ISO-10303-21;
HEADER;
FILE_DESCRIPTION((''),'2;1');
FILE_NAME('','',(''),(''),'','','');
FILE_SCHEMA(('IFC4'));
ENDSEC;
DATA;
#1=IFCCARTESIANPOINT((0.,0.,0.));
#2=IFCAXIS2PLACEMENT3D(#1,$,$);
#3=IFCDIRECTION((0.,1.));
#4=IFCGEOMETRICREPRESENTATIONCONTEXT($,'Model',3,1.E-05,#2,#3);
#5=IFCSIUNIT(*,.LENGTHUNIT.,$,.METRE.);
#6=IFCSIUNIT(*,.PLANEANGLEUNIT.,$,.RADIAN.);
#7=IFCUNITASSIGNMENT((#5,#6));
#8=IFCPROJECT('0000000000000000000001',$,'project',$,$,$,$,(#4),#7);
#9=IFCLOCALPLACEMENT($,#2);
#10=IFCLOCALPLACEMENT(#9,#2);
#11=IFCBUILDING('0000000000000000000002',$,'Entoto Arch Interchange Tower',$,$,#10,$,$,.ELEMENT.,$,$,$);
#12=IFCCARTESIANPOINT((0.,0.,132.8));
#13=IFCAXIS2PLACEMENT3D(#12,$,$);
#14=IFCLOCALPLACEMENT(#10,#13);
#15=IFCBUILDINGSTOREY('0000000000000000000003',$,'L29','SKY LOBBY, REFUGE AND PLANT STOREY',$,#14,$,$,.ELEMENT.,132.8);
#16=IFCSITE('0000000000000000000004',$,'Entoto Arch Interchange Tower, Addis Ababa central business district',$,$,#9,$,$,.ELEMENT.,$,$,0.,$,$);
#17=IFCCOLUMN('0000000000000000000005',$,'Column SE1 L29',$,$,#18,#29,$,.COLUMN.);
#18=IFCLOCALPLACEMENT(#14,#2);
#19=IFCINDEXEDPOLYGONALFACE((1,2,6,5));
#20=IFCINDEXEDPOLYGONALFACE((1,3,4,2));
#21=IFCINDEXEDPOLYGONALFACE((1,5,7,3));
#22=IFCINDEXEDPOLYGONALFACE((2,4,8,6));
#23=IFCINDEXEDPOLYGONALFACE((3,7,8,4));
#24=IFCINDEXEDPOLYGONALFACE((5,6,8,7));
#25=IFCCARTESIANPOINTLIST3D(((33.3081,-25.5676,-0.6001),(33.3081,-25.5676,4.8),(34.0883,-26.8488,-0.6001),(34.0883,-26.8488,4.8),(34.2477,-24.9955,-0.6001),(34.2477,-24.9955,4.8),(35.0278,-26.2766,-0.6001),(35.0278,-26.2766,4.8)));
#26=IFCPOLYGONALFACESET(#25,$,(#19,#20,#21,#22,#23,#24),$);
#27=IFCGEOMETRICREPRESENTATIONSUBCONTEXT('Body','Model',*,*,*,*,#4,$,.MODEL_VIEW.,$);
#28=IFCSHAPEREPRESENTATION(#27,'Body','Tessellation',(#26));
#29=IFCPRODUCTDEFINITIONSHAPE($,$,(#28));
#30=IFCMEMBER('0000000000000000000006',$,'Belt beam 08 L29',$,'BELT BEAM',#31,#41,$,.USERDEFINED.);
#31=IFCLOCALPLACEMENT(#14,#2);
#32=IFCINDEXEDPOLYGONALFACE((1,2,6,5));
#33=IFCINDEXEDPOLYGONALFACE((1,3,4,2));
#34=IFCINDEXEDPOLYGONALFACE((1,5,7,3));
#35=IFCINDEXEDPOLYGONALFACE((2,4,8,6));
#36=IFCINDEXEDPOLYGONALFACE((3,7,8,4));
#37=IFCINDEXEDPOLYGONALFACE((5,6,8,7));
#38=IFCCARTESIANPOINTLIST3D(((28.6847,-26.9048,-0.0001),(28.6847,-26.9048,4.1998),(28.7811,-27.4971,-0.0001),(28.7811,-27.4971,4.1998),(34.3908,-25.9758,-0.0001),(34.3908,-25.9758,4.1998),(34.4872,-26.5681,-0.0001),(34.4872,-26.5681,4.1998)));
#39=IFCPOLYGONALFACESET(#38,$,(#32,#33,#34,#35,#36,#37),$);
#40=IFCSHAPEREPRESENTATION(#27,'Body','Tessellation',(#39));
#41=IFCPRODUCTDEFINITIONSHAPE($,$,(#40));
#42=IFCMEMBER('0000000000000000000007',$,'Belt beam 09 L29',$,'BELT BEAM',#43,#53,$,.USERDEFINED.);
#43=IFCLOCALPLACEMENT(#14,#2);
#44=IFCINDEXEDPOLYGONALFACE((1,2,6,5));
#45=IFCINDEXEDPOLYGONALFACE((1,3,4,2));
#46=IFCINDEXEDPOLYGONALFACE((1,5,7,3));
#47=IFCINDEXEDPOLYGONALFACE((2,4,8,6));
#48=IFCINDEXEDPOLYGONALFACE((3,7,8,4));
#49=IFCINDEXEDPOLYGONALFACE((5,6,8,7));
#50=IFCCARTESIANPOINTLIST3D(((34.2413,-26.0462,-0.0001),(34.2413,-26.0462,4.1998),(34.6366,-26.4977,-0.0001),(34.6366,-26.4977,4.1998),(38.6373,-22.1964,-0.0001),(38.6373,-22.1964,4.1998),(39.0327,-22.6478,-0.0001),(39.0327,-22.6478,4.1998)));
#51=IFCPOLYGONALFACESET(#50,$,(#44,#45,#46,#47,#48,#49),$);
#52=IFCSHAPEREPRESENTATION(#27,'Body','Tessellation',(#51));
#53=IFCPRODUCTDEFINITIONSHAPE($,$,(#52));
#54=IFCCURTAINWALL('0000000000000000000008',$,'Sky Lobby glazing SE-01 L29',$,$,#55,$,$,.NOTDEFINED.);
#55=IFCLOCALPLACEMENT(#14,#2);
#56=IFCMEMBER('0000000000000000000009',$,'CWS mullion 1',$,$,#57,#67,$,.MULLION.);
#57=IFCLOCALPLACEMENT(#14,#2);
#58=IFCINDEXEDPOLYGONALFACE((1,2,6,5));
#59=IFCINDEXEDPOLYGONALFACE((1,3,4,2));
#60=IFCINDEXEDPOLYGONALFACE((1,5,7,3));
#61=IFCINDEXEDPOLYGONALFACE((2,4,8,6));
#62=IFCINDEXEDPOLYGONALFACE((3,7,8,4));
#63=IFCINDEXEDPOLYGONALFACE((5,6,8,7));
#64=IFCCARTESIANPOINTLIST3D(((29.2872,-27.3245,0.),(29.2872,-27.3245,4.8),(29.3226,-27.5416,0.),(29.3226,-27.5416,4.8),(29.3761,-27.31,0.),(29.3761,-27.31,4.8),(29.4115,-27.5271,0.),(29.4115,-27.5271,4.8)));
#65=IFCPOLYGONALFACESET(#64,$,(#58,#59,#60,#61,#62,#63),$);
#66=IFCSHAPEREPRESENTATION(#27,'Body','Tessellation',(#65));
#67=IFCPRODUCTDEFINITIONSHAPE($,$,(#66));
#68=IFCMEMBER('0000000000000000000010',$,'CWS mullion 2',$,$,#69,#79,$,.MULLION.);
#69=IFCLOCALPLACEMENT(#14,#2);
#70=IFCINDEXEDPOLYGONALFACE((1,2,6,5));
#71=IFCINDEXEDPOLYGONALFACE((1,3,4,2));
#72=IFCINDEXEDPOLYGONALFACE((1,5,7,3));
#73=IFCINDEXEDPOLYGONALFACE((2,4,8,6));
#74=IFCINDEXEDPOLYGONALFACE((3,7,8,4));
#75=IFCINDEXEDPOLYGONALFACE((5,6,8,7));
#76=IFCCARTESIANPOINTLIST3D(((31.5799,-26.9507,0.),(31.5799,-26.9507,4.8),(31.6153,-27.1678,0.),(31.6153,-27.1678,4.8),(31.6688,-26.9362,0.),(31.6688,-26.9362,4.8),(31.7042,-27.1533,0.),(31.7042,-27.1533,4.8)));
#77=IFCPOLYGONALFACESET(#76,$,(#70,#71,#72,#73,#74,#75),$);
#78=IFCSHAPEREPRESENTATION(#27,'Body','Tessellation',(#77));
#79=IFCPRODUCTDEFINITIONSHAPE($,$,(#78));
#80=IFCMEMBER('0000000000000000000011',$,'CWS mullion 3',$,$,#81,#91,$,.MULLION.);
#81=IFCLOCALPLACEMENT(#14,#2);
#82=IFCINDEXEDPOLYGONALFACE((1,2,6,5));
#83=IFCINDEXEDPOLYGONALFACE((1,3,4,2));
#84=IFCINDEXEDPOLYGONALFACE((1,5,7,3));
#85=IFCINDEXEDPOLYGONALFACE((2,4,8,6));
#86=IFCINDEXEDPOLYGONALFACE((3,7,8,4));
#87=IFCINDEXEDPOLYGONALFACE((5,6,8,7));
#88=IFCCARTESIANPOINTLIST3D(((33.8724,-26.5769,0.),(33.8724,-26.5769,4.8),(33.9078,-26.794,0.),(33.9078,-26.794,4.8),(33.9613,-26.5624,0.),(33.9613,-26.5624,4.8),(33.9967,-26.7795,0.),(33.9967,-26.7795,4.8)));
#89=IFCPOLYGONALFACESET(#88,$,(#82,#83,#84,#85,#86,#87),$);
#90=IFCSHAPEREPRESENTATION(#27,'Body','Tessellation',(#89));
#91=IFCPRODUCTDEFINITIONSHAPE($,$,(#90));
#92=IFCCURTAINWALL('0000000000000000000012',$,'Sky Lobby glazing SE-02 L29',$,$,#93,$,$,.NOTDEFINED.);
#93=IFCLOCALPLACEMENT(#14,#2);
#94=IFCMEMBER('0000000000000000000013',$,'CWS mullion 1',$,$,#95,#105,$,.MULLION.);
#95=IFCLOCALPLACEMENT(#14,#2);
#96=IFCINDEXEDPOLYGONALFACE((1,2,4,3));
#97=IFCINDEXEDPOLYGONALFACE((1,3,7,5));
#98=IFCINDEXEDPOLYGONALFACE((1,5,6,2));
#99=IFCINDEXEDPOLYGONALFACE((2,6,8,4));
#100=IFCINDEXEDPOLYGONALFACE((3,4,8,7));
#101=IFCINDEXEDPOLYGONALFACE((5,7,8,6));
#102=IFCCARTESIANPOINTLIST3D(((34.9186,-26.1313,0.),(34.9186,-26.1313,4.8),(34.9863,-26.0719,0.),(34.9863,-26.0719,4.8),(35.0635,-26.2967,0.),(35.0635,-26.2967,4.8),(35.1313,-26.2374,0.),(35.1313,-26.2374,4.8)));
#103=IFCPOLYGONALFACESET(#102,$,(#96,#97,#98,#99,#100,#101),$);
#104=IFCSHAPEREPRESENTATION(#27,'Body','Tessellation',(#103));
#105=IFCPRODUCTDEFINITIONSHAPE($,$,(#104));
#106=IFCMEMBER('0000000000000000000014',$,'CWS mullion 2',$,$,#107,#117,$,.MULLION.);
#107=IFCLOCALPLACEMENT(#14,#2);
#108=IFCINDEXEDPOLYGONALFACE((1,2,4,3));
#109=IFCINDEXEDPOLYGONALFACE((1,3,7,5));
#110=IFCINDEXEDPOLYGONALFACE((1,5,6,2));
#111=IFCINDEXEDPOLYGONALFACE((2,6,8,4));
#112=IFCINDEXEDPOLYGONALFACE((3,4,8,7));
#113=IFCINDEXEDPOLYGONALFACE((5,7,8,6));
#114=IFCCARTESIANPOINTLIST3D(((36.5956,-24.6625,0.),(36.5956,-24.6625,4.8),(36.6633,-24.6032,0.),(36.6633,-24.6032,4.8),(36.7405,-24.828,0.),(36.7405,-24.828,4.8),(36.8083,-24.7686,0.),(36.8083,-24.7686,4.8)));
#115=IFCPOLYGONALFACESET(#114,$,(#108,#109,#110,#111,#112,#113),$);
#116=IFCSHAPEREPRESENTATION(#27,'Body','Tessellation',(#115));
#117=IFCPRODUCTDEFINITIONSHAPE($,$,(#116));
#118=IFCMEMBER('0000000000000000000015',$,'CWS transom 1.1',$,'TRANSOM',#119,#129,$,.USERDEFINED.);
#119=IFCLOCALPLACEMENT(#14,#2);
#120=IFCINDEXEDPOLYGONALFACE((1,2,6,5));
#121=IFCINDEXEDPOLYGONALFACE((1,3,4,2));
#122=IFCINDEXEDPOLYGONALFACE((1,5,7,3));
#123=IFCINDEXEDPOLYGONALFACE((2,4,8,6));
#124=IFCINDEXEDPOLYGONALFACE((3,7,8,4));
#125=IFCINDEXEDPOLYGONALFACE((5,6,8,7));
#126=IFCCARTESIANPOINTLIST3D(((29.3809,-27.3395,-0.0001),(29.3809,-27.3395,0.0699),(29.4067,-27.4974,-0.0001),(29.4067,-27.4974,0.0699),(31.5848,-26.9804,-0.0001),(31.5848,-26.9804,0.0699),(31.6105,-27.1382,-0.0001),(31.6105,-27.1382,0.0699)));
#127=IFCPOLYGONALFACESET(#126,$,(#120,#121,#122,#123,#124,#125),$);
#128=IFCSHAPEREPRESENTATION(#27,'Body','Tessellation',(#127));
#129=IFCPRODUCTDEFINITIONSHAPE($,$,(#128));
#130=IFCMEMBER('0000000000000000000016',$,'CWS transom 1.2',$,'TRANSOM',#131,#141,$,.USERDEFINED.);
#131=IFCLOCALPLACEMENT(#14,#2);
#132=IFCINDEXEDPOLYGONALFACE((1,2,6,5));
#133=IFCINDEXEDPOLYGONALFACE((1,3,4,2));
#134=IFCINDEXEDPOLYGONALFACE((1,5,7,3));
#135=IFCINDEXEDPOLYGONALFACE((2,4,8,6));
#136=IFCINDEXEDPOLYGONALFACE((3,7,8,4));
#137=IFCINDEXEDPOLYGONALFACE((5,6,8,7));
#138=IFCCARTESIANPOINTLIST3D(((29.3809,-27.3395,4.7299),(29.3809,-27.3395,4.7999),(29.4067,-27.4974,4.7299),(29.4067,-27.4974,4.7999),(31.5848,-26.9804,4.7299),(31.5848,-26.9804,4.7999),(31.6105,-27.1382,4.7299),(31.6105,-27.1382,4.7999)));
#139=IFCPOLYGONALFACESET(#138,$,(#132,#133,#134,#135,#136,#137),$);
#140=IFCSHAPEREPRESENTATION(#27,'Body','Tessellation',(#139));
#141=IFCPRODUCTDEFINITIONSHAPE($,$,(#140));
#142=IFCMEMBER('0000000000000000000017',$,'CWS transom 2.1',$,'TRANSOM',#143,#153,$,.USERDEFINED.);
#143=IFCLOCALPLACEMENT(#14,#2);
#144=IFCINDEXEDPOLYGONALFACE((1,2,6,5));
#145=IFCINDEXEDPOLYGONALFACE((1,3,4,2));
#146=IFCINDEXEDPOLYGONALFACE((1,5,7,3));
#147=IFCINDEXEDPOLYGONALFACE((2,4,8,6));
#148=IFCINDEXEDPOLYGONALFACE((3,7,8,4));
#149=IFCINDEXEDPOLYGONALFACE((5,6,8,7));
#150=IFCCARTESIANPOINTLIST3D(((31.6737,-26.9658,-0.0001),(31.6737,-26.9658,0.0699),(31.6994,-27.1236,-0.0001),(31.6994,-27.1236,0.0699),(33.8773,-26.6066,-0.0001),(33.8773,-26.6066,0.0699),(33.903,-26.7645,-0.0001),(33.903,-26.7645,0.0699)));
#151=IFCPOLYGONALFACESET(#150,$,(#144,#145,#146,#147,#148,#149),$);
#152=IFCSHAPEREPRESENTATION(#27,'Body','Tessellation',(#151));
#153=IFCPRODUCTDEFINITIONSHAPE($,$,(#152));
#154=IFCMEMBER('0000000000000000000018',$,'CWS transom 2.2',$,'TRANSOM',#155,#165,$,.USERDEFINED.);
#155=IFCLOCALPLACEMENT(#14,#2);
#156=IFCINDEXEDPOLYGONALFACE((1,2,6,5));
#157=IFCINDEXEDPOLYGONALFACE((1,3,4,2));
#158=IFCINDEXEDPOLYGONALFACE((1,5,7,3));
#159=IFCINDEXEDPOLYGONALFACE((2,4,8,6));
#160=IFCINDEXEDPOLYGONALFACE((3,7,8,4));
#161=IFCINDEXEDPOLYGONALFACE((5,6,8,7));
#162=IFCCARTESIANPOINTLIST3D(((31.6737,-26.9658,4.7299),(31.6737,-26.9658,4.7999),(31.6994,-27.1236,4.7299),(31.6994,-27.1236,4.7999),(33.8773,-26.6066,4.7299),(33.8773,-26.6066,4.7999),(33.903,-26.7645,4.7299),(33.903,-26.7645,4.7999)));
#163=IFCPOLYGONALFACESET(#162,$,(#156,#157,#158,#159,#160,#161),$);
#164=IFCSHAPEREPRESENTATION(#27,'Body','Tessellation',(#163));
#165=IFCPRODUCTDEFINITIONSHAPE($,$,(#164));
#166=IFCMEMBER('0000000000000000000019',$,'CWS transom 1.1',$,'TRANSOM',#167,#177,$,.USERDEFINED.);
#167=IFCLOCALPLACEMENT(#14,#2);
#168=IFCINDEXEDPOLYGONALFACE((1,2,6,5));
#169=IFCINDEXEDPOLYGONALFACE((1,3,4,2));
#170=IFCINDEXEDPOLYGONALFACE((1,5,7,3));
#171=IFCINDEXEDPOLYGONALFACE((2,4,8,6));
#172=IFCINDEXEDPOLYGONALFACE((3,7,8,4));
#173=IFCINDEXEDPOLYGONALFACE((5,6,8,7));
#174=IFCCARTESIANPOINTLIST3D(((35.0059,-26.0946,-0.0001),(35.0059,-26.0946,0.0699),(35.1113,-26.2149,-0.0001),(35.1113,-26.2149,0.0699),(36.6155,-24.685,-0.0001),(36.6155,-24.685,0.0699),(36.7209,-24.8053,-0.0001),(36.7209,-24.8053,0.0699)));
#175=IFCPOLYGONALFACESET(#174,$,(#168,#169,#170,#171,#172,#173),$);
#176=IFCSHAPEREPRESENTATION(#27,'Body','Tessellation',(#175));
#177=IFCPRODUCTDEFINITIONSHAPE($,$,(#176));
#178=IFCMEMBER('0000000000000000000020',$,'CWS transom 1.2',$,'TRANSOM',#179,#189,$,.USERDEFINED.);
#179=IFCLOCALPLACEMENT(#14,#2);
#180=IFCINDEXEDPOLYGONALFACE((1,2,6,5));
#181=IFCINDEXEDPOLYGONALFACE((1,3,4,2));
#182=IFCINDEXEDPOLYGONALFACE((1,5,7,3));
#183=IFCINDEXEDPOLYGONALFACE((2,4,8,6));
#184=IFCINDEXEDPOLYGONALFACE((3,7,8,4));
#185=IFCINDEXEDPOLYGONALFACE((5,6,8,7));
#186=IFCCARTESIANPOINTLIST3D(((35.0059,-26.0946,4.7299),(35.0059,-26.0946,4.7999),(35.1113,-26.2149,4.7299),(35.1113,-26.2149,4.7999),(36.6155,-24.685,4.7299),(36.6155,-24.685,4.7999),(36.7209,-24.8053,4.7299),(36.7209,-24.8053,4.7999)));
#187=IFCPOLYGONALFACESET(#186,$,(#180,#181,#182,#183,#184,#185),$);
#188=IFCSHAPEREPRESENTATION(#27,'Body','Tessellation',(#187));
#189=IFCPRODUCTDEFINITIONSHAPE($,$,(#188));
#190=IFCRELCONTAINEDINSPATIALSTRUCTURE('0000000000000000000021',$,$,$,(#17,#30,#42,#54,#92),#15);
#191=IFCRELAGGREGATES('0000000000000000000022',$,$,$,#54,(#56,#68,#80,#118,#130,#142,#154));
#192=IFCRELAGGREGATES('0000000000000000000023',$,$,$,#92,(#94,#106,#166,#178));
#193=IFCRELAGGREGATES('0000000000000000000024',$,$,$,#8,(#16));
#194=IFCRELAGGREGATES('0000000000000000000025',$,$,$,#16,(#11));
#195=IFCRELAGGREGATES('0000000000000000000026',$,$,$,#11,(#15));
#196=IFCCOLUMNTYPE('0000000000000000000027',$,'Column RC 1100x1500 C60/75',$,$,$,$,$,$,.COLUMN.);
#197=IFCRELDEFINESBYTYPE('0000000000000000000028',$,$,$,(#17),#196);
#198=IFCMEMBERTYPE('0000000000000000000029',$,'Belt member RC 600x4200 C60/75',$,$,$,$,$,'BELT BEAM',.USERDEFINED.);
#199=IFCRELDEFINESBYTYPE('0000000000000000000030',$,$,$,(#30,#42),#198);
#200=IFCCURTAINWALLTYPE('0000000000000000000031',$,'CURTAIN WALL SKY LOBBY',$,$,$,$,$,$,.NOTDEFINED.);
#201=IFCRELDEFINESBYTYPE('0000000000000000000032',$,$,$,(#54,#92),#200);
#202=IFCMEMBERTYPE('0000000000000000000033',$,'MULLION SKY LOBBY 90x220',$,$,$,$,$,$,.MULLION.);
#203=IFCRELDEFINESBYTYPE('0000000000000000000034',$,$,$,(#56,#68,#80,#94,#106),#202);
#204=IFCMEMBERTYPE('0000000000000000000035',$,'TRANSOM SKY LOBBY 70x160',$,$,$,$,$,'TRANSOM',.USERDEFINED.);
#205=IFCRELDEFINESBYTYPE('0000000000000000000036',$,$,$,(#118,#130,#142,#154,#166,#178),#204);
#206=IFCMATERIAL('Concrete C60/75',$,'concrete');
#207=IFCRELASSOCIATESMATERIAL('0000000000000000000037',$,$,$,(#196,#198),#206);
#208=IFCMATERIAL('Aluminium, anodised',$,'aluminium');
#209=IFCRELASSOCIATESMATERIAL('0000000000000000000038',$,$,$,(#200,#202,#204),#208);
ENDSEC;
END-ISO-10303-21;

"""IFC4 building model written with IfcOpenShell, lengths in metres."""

from ifc_helpers import new_model, si_unit, direction, frame, origin, origin_2d, place, context, subcontext, project, spatial, rectangle, extrude, material, material_profile, profile_set, type_object, element, aggregate, save


model = new_model("IFC4")

# Units and contexts
model_context = context("Model", 3, precision=1e-05, world=origin(), true_north=direction((0.0, 1.0)))
body_context = subcontext(model_context, "Body", "Model", "MODEL_VIEW")
ifc_project = project(units=[si_unit("LENGTHUNIT", "METRE"), si_unit("PLANEANGLEUNIT", "RADIAN")], contexts=[model_context])

# Site, building, storey
site_placement = place(None, origin())
site = spatial("IfcSite", under=ifc_project, at=site_placement, Name="Entoto Arch Interchange Tower, Addis Ababa central business district", CompositionType="ELEMENT", RefElevation=0.0)
building_placement = place(site_placement, origin())
building = spatial("IfcBuilding", under=site, at=building_placement, Name="Entoto Arch Interchange Tower", CompositionType="ELEMENT")
storey_placement = place(building_placement, frame((0.0, 0.0, 132.8)))
storey = spatial("IfcBuildingStorey", under=building, at=storey_placement, Name="L29", Description="SKY LOBBY, REFUGE AND PLANT STOREY", CompositionType="ELEMENT", Elevation=132.8)

# Column
ifc_material_1 = material(Name="Concrete C60/75", Category="concrete")
ifc_material_profile_1 = material_profile(ifc_material_1, rectangle(XDim=1.1001, YDim=1.5, at=origin_2d()))
ifc_profile_set_1 = profile_set([ifc_material_profile_1], Name="Concrete C60/75")
column_type = type_object("IfcColumnType", Name="Column RC 1100x1500 C60/75", PredefinedType="COLUMN", material=ifc_profile_set_1)
column_placement = place(storey_placement, frame((34.168, -25.9221, -0.6001), z_axis=(0.0, 0.0, 1.0), x_axis=(0.854096, 0.520116, 0.0)))
element("IfcColumn", 1, at=column_placement, inside=storey, type_object=column_type, Name="Column SE1 L29", PredefinedType="COLUMN", context=body_context, shape_type="SweptSolid", body=[
    extrude(rectangle(XDim=1.1001, YDim=1.5, at=origin_2d()), origin(), (0.0, 0.0, 1.0), 5.4001),
])

# Members
ifc_material_profile_2 = material_profile(ifc_material_1, rectangle(XDim=0.6001, YDim=4.2, at=origin_2d()))
ifc_profile_set_2 = profile_set([ifc_material_profile_2], Name="Concrete C60/75")
member_type_1 = type_object("IfcMemberType", Name="Belt member RC 600x4200 C60/75", ElementType="BELT BEAM", PredefinedType="USERDEFINED", material=ifc_profile_set_2)
member_1_placement = place(storey_placement, frame((28.7329, -27.2009, 2.0999), z_axis=(0.987006, 0.160686, 0.0), x_axis=(-0.160686, 0.987006, 0.0)))
element("IfcMember", 2, at=member_1_placement, inside=storey, type_object=member_type_1, Name="Belt beam 08 L29", ObjectType="BELT BEAM", PredefinedType="USERDEFINED", context=body_context, shape_type="SweptSolid", body=[
    extrude(rectangle(XDim=0.6001, YDim=4.2, at=origin_2d()), origin(), (0.0, 0.0, 1.0), 5.7812),
])
member_2_placement = place(storey_placement, frame((34.439, -26.272, 2.0999), z_axis=(0.752292, 0.65883, 0.0), x_axis=(-0.65883, 0.752292, 0.0)))
element("IfcMember", 3, at=member_2_placement, inside=storey, type_object=member_type_1, Name="Belt beam 09 L29", ObjectType="BELT BEAM", PredefinedType="USERDEFINED", context=body_context, shape_type="SweptSolid", body=[
    extrude(rectangle(XDim=0.6001, YDim=4.2, at=origin_2d()), origin(), (0.0, 0.0, 1.0), 5.8435),
])

# Curtain walls, members
ifc_material_2 = material(Name="Aluminium, anodised", Category="aluminium")
curtain_wall_type = type_object("IfcCurtainWallType", Name="CURTAIN WALL SKY LOBBY", PredefinedType="NOTDEFINED", material=ifc_material_2)
curtain_wall_1_placement = place(storey_placement, origin())
curtain_wall_1 = element("IfcCurtainWall", 4, at=curtain_wall_1_placement, inside=storey, type_object=curtain_wall_type, Name="Sky Lobby glazing SE-01 L29", PredefinedType="NOTDEFINED")
ifc_material_profile_3 = material_profile(ifc_material_2, rectangle(XDim=0.22, YDim=0.0901, at=origin_2d()))
ifc_profile_set_3 = profile_set([ifc_material_profile_3], Name="Aluminium, anodised")
member_type_2 = type_object("IfcMemberType", Name="MULLION SKY LOBBY 90x220", PredefinedType="MULLION", material=ifc_profile_set_3)
member_3_placement = place(storey_placement, frame((29.3494, -27.4258, 0.0), z_axis=(0.0, 0.0, 1.0), x_axis=(-0.160905, 0.98697, 0.0)))
member_3 = element("IfcMember", 5, at=member_3_placement, type_object=member_type_2, Name="CWS mullion 1", PredefinedType="MULLION", context=body_context, shape_type="SweptSolid", body=[
    extrude(rectangle(XDim=0.22, YDim=0.0901, at=origin_2d()), origin(), (0.0, 0.0, 1.0), 4.8),
])
member_4_placement = place(storey_placement, frame((31.6421, -27.052, 0.0), z_axis=(0.0, 0.0, 1.0), x_axis=(-0.160905, 0.98697, 0.0)))
member_4 = element("IfcMember", 6, at=member_4_placement, type_object=member_type_2, Name="CWS mullion 2", PredefinedType="MULLION", context=body_context, shape_type="SweptSolid", body=[
    extrude(rectangle(XDim=0.22, YDim=0.0901, at=origin_2d()), origin(), (0.0, 0.0, 1.0), 4.8),
])
member_5_placement = place(storey_placement, frame((33.9346, -26.6782, 0.0), z_axis=(0.0, 0.0, 1.0), x_axis=(-0.160905, 0.98697, 0.0)))
member_5 = element("IfcMember", 7, at=member_5_placement, type_object=member_type_2, Name="CWS mullion 3", PredefinedType="MULLION", context=body_context, shape_type="SweptSolid", body=[
    extrude(rectangle(XDim=0.22, YDim=0.0901, at=origin_2d()), origin(), (0.0, 0.0, 1.0), 4.8),
])
curtain_wall_2_placement = place(storey_placement, origin())
curtain_wall_2 = element("IfcCurtainWall", 8, at=curtain_wall_2_placement, inside=storey, type_object=curtain_wall_type, Name="Sky Lobby glazing SE-02 L29", PredefinedType="NOTDEFINED")
member_6_placement = place(storey_placement, frame((35.0249, -26.1843, 0.0), z_axis=(0.0, 0.0, 1.0), x_axis=(-0.658847, 0.752277, 0.0)))
member_6 = element("IfcMember", 9, at=member_6_placement, type_object=member_type_2, Name="CWS mullion 1", PredefinedType="MULLION", context=body_context, shape_type="SweptSolid", body=[
    extrude(rectangle(XDim=0.22, YDim=0.0901, at=origin_2d()), origin(), (0.0, 0.0, 1.0), 4.8),
])
member_7_placement = place(storey_placement, frame((36.7019, -24.7156, 0.0), z_axis=(0.0, 0.0, 1.0), x_axis=(-0.658847, 0.752277, 0.0)))
member_7 = element("IfcMember", 10, at=member_7_placement, type_object=member_type_2, Name="CWS mullion 2", PredefinedType="MULLION", context=body_context, shape_type="SweptSolid", body=[
    extrude(rectangle(XDim=0.22, YDim=0.0901, at=origin_2d()), origin(), (0.0, 0.0, 1.0), 4.8),
])

# Members
ifc_material_profile_4 = material_profile(ifc_material_2, rectangle(XDim=0.1599, YDim=0.0701, at=origin_2d()))
ifc_profile_set_4 = profile_set([ifc_material_profile_4], Name="Aluminium, anodised")
member_type_3 = type_object("IfcMemberType", Name="TRANSOM SKY LOBBY 70x160", ElementType="TRANSOM", PredefinedType="USERDEFINED", material=ifc_profile_set_4)
member_8_placement = place(storey_placement, frame((29.3938, -27.4185, 0.0349), z_axis=(0.986981, 0.160834, 0.0), x_axis=(-0.160834, 0.986981, 0.0)))
member_8 = element("IfcMember", 11, at=member_8_placement, type_object=member_type_3, Name="CWS transom 1.1", ObjectType="TRANSOM", PredefinedType="USERDEFINED", context=body_context, shape_type="SweptSolid", body=[
    extrude(rectangle(XDim=0.1599, YDim=0.0701, at=origin_2d()), origin(), (0.0, 0.0, 1.0), 2.2329),
])
member_9_placement = place(storey_placement, frame((29.3938, -27.4185, 4.7649), z_axis=(0.986981, 0.160834, 0.0), x_axis=(-0.160834, 0.986981, 0.0)))
member_9 = element("IfcMember", 12, at=member_9_placement, type_object=member_type_3, Name="CWS transom 1.2", ObjectType="TRANSOM", PredefinedType="USERDEFINED", context=body_context, shape_type="SweptSolid", body=[
    extrude(rectangle(XDim=0.1599, YDim=0.0701, at=origin_2d()), origin(), (0.0, 0.0, 1.0), 2.2329),
])
member_10_placement = place(storey_placement, frame((31.6865, -27.0447, 0.0349), z_axis=(0.986979, 0.160851, 0.0), x_axis=(-0.160851, 0.986979, 0.0)))
member_10 = element("IfcMember", 13, at=member_10_placement, type_object=member_type_3, Name="CWS transom 2.1", ObjectType="TRANSOM", PredefinedType="USERDEFINED", context=body_context, shape_type="SweptSolid", body=[
    extrude(rectangle(XDim=0.1599, YDim=0.0701, at=origin_2d()), origin(), (0.0, 0.0, 1.0), 2.2327),
])
member_11_placement = place(storey_placement, frame((31.6865, -27.0447, 4.7649), z_axis=(0.986979, 0.160851, 0.0), x_axis=(-0.160851, 0.986979, 0.0)))
member_11 = element("IfcMember", 14, at=member_11_placement, type_object=member_type_3, Name="CWS transom 2.2", ObjectType="TRANSOM", PredefinedType="USERDEFINED", context=body_context, shape_type="SweptSolid", body=[
    extrude(rectangle(XDim=0.1599, YDim=0.0701, at=origin_2d()), origin(), (0.0, 0.0, 1.0), 2.2327),
])
member_12_placement = place(storey_placement, frame((35.0586, -26.1548, 0.0349), z_axis=(0.752287, 0.658836, 0.0), x_axis=(-0.658836, 0.752287, 0.0)))
member_12 = element("IfcMember", 15, at=member_12_placement, type_object=member_type_3, Name="CWS transom 1.1", ObjectType="TRANSOM", PredefinedType="USERDEFINED", context=body_context, shape_type="SweptSolid", body=[
    extrude(rectangle(XDim=0.1599, YDim=0.0701, at=origin_2d()), origin(), (0.0, 0.0, 1.0), 2.1396),
])
member_13_placement = place(storey_placement, frame((35.0586, -26.1548, 4.7649), z_axis=(0.752287, 0.658836, 0.0), x_axis=(-0.658836, 0.752287, 0.0)))
member_13 = element("IfcMember", 16, at=member_13_placement, type_object=member_type_3, Name="CWS transom 1.2", ObjectType="TRANSOM", PredefinedType="USERDEFINED", context=body_context, shape_type="SweptSolid", body=[
    extrude(rectangle(XDim=0.1599, YDim=0.0701, at=origin_2d()), origin(), (0.0, 0.0, 1.0), 2.1396),
])

aggregate(curtain_wall_1, [member_3, member_4, member_5, member_8, member_9, member_10, member_11])
aggregate(curtain_wall_2, [member_6, member_7, member_12, member_13])

save(model, "model.ifc")
